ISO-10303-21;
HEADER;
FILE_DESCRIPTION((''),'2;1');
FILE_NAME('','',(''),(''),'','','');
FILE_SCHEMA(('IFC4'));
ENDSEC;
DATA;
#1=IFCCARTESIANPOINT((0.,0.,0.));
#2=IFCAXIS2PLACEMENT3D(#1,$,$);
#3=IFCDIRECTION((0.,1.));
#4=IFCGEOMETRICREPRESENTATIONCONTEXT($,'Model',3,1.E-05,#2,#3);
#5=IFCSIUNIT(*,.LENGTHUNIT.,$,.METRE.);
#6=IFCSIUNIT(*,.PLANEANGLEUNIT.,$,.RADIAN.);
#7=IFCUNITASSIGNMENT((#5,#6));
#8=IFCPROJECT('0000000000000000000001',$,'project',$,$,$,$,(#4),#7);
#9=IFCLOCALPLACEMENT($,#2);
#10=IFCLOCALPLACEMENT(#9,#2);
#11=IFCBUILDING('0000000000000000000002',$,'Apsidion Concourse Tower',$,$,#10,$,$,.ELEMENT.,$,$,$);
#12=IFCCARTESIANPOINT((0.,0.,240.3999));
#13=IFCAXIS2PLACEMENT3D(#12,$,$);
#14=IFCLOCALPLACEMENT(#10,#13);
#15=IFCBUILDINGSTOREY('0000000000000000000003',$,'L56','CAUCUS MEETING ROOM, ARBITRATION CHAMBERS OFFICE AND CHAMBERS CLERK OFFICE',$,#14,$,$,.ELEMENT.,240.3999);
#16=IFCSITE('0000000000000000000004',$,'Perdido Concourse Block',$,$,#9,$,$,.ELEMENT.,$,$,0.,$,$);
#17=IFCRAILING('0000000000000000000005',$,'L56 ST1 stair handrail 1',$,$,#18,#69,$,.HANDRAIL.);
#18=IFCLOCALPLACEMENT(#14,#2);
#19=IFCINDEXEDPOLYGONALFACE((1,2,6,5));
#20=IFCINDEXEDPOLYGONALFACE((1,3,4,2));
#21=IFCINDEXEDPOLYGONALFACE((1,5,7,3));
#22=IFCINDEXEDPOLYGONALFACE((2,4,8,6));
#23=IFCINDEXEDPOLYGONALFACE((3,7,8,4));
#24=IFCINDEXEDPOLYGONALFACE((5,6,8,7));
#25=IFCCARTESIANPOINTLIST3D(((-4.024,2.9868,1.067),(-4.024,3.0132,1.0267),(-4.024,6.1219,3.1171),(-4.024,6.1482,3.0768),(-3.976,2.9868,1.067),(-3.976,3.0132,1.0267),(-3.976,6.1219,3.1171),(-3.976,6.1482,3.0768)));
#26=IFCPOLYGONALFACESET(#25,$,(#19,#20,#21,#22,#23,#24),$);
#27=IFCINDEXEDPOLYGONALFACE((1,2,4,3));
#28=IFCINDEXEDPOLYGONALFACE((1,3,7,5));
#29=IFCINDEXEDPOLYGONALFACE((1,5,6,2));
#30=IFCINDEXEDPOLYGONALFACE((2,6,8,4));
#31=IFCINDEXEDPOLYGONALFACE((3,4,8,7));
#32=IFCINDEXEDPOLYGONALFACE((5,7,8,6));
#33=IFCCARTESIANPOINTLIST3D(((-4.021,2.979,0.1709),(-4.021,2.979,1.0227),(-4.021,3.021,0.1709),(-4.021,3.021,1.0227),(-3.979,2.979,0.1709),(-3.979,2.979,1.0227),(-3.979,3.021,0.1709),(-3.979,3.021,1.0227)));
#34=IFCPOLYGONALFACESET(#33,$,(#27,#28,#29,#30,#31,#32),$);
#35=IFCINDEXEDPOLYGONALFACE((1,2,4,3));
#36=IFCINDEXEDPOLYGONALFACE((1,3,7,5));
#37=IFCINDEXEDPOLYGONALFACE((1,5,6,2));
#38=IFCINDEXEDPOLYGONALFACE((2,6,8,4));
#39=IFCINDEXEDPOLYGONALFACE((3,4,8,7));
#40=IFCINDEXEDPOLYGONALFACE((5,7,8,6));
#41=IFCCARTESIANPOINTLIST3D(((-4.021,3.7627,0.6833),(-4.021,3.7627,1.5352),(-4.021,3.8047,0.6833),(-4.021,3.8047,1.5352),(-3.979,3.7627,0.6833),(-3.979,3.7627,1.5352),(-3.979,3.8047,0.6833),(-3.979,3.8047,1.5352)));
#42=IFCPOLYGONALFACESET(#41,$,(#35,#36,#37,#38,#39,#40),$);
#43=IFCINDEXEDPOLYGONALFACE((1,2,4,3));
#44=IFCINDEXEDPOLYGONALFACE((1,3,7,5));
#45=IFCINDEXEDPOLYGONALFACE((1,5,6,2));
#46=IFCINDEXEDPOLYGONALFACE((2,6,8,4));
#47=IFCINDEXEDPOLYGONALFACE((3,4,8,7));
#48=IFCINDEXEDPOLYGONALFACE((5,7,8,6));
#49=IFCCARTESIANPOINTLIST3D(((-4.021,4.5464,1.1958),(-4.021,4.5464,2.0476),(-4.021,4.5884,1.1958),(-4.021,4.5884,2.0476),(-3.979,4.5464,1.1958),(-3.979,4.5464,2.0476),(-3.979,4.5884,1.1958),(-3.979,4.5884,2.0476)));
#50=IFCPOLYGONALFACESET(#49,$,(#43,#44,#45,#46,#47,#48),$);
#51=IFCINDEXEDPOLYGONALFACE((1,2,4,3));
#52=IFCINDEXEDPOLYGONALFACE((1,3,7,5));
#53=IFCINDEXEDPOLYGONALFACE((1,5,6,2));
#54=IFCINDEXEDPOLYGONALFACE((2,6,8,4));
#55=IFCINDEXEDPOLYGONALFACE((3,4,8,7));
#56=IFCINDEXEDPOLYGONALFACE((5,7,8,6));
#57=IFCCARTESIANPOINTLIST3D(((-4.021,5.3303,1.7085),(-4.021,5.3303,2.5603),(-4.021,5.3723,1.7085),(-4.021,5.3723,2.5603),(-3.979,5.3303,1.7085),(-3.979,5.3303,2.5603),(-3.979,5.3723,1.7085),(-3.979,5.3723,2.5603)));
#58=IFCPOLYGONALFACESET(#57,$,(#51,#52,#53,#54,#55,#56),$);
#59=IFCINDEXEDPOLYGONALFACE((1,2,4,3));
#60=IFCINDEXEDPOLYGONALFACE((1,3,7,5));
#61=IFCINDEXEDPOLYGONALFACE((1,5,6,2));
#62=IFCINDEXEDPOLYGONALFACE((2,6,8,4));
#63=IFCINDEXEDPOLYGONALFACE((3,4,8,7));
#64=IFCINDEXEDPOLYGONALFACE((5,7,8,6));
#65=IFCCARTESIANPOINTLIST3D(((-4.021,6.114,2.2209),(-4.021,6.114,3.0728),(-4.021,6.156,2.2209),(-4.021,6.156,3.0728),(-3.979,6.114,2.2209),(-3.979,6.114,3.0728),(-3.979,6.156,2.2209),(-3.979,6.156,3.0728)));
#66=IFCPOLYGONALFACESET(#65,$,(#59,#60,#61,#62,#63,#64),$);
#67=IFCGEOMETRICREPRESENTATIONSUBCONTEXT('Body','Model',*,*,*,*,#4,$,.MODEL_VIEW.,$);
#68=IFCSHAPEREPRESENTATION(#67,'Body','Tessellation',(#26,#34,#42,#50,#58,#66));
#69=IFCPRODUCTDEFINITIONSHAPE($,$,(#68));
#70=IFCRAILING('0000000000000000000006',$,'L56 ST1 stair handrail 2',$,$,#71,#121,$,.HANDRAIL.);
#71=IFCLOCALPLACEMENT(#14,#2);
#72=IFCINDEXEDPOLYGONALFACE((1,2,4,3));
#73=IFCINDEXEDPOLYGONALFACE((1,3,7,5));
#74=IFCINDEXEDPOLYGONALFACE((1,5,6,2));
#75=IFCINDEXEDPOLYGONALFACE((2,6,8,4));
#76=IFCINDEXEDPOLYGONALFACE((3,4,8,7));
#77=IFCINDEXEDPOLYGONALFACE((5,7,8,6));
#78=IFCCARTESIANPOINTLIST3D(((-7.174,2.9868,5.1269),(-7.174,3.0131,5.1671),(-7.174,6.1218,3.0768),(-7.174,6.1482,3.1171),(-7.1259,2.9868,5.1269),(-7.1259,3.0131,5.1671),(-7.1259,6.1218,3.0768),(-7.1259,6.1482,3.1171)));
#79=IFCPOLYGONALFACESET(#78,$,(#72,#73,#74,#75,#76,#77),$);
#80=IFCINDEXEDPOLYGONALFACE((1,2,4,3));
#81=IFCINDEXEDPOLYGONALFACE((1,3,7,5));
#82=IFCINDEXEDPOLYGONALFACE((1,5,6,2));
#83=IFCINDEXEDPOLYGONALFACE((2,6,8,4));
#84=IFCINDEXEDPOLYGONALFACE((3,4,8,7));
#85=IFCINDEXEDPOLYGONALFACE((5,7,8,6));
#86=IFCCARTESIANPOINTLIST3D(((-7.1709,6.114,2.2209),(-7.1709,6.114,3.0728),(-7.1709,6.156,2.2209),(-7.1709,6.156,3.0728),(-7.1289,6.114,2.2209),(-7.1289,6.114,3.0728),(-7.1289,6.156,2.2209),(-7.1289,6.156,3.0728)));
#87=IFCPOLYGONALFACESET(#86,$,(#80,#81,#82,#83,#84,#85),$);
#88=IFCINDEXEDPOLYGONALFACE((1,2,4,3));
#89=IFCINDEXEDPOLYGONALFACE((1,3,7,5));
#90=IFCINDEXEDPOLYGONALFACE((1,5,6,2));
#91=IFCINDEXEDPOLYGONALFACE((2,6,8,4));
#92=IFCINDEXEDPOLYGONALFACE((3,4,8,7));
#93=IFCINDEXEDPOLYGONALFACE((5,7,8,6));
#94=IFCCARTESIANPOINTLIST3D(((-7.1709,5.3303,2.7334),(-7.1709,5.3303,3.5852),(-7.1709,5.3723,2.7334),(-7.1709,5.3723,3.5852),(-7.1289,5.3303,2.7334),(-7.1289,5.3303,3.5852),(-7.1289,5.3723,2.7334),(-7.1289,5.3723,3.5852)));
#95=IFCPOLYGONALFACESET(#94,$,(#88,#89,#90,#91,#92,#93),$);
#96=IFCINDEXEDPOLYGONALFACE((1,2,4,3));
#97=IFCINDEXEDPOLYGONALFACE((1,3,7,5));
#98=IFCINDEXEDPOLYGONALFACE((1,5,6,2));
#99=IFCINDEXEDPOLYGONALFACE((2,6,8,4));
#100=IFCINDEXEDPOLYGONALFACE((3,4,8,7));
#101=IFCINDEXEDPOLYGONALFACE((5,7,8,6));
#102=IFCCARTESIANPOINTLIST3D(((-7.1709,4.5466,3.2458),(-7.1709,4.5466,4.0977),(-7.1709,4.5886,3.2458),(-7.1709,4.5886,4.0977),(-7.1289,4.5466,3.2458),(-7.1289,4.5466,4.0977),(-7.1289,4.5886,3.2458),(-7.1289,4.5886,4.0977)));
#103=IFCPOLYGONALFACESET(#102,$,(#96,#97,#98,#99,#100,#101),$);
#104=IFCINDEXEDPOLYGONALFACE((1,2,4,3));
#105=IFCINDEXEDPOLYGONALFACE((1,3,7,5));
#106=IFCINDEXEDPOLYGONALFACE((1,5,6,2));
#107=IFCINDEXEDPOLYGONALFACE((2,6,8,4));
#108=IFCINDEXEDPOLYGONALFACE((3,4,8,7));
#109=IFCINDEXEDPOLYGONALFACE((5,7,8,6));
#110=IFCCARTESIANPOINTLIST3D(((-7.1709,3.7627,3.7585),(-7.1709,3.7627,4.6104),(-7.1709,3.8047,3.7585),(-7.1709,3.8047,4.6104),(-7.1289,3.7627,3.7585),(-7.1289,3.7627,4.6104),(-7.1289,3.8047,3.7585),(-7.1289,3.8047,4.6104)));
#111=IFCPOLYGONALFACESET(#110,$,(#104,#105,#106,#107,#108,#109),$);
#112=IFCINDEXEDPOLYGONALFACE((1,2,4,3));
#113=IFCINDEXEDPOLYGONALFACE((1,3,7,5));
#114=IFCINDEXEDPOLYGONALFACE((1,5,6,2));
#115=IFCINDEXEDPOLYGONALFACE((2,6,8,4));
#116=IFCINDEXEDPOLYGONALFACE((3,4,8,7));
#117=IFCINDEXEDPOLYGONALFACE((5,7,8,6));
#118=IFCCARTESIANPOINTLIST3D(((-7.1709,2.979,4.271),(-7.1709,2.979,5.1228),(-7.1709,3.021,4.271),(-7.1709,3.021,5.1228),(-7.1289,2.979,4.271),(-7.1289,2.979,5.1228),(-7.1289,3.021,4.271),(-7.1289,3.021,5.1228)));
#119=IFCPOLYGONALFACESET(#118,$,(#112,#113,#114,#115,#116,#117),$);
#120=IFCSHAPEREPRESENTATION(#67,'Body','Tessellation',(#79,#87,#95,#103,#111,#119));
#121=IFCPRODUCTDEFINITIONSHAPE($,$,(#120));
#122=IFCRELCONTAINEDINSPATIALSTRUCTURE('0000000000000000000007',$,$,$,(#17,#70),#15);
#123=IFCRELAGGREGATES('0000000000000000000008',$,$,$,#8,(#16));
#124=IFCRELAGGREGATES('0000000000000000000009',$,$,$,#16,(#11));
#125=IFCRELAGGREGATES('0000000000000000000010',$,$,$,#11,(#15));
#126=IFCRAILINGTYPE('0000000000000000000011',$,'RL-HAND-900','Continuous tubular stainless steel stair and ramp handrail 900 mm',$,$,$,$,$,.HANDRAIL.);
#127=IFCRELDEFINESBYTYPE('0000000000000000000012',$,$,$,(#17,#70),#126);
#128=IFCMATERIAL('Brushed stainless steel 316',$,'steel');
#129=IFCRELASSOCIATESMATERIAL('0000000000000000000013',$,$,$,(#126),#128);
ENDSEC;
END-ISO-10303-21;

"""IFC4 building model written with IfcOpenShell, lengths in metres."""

from ifc_helpers import new_model, si_unit, direction, frame, origin, origin_2d, place, context, subcontext, project, spatial, rectangle, extrude, material, type_object, element, save


model = new_model("IFC4")

# Units and contexts
model_context = context("Model", 3, precision=1e-05, world=origin(), true_north=direction((0.0, 1.0)))
body_context = subcontext(model_context, "Body", "Model", "MODEL_VIEW")
ifc_project = project(units=[si_unit("LENGTHUNIT", "METRE"), si_unit("PLANEANGLEUNIT", "RADIAN")], contexts=[model_context])

# Site, building, storey
site_placement = place(None, origin())
site = spatial("IfcSite", under=ifc_project, at=site_placement, Name="Perdido Concourse Block", CompositionType="ELEMENT", RefElevation=0.0)
building_placement = place(site_placement, origin())
building = spatial("IfcBuilding", under=site, at=building_placement, Name="Apsidion Concourse Tower", CompositionType="ELEMENT")
storey_placement = place(building_placement, frame((0.0, 0.0, 240.3999)))
storey = spatial("IfcBuildingStorey", under=building, at=storey_placement, Name="L56", Description="CAUCUS MEETING ROOM, ARBITRATION CHAMBERS OFFICE AND CHAMBERS CLERK OFFICE", CompositionType="ELEMENT", Elevation=240.3999)

# Shared definitions
ifc_material_1 = material(Name="Brushed stainless steel 316", Category="steel")

# Railings
railing_type_1 = type_object("IfcRailingType", Name="RL-HAND-900", Description="Continuous tubular stainless steel stair and ramp handrail 900 mm", PredefinedType="HANDRAIL", material=ifc_material_1)
railing_1_placement = place(storey_placement, frame((-4.0, 3.0, 0.1709)))
element("IfcRailing", 1, at=railing_1_placement, inside=storey, type_object=railing_type_1, Name="L56 ST1 stair handrail 1", PredefinedType="HANDRAIL", context=body_context, shape_type="SweptSolid", body=[
    extrude(rectangle(XDim=0.0481, YDim=0.0481, at=origin_2d()), frame((0.0, 0.0, 0.876), z_axis=(0.0, 0.836941, 0.547293), x_axis=(-1.0, 0.0, 0.0)), (0.0, 0.0, 1.0), 3.7458),
    extrude(rectangle(XDim=0.042, YDim=0.042, at=origin_2d()), origin(), (0.0, 0.0, 1.0), 0.8518),
    extrude(rectangle(XDim=0.042, YDim=0.042, at=origin_2d()), frame((0.0, 0.7837, 0.5125)), (0.0, 0.0, 1.0), 0.8518),
    extrude(rectangle(XDim=0.042, YDim=0.042, at=origin_2d()), frame((0.0, 1.5674, 1.0249)), (0.0, 0.0, 1.0), 0.8518),
    extrude(rectangle(XDim=0.042, YDim=0.042, at=origin_2d()), frame((0.0, 2.3513, 1.5376)), (0.0, 0.0, 1.0), 0.8518),
    extrude(rectangle(XDim=0.042, YDim=0.042, at=origin_2d()), frame((0.0, 3.135, 2.05)), (0.0, 0.0, 1.0), 0.8518),
])
railing_2_placement = place(storey_placement, frame((-7.1499, 6.135, 2.2209)))
element("IfcRailing", 2, at=railing_2_placement, inside=storey, type_object=railing_type_1, Name="L56 ST1 stair handrail 2", PredefinedType="HANDRAIL", context=body_context, shape_type="SweptSolid", body=[
    extrude(rectangle(XDim=0.0481, YDim=0.0481, at=origin_2d()), frame((0.0, 0.0, 0.876), z_axis=(0.0, -0.836941, 0.547293), x_axis=(1.0, 0.0, 0.0)), (0.0, 0.0, 1.0), 3.7458),
    extrude(rectangle(XDim=0.042, YDim=0.042, at=origin_2d()), origin(), (0.0, 0.0, 1.0), 0.8518),
    extrude(rectangle(XDim=0.042, YDim=0.042, at=origin_2d()), frame((0.0, -0.7837, 0.5125)), (0.0, 0.0, 1.0), 0.8518),
    extrude(rectangle(XDim=0.042, YDim=0.042, at=origin_2d()), frame((0.0, -1.5674, 1.0249)), (0.0, 0.0, 1.0), 0.8518),
    extrude(rectangle(XDim=0.042, YDim=0.042, at=origin_2d()), frame((0.0, -2.3513, 1.5376)), (0.0, 0.0, 1.0), 0.8518),
    extrude(rectangle(XDim=0.042, YDim=0.042, at=origin_2d()), frame((0.0, -3.135, 2.05)), (0.0, 0.0, 1.0), 0.8518),
])

save(model, "model.ifc")
